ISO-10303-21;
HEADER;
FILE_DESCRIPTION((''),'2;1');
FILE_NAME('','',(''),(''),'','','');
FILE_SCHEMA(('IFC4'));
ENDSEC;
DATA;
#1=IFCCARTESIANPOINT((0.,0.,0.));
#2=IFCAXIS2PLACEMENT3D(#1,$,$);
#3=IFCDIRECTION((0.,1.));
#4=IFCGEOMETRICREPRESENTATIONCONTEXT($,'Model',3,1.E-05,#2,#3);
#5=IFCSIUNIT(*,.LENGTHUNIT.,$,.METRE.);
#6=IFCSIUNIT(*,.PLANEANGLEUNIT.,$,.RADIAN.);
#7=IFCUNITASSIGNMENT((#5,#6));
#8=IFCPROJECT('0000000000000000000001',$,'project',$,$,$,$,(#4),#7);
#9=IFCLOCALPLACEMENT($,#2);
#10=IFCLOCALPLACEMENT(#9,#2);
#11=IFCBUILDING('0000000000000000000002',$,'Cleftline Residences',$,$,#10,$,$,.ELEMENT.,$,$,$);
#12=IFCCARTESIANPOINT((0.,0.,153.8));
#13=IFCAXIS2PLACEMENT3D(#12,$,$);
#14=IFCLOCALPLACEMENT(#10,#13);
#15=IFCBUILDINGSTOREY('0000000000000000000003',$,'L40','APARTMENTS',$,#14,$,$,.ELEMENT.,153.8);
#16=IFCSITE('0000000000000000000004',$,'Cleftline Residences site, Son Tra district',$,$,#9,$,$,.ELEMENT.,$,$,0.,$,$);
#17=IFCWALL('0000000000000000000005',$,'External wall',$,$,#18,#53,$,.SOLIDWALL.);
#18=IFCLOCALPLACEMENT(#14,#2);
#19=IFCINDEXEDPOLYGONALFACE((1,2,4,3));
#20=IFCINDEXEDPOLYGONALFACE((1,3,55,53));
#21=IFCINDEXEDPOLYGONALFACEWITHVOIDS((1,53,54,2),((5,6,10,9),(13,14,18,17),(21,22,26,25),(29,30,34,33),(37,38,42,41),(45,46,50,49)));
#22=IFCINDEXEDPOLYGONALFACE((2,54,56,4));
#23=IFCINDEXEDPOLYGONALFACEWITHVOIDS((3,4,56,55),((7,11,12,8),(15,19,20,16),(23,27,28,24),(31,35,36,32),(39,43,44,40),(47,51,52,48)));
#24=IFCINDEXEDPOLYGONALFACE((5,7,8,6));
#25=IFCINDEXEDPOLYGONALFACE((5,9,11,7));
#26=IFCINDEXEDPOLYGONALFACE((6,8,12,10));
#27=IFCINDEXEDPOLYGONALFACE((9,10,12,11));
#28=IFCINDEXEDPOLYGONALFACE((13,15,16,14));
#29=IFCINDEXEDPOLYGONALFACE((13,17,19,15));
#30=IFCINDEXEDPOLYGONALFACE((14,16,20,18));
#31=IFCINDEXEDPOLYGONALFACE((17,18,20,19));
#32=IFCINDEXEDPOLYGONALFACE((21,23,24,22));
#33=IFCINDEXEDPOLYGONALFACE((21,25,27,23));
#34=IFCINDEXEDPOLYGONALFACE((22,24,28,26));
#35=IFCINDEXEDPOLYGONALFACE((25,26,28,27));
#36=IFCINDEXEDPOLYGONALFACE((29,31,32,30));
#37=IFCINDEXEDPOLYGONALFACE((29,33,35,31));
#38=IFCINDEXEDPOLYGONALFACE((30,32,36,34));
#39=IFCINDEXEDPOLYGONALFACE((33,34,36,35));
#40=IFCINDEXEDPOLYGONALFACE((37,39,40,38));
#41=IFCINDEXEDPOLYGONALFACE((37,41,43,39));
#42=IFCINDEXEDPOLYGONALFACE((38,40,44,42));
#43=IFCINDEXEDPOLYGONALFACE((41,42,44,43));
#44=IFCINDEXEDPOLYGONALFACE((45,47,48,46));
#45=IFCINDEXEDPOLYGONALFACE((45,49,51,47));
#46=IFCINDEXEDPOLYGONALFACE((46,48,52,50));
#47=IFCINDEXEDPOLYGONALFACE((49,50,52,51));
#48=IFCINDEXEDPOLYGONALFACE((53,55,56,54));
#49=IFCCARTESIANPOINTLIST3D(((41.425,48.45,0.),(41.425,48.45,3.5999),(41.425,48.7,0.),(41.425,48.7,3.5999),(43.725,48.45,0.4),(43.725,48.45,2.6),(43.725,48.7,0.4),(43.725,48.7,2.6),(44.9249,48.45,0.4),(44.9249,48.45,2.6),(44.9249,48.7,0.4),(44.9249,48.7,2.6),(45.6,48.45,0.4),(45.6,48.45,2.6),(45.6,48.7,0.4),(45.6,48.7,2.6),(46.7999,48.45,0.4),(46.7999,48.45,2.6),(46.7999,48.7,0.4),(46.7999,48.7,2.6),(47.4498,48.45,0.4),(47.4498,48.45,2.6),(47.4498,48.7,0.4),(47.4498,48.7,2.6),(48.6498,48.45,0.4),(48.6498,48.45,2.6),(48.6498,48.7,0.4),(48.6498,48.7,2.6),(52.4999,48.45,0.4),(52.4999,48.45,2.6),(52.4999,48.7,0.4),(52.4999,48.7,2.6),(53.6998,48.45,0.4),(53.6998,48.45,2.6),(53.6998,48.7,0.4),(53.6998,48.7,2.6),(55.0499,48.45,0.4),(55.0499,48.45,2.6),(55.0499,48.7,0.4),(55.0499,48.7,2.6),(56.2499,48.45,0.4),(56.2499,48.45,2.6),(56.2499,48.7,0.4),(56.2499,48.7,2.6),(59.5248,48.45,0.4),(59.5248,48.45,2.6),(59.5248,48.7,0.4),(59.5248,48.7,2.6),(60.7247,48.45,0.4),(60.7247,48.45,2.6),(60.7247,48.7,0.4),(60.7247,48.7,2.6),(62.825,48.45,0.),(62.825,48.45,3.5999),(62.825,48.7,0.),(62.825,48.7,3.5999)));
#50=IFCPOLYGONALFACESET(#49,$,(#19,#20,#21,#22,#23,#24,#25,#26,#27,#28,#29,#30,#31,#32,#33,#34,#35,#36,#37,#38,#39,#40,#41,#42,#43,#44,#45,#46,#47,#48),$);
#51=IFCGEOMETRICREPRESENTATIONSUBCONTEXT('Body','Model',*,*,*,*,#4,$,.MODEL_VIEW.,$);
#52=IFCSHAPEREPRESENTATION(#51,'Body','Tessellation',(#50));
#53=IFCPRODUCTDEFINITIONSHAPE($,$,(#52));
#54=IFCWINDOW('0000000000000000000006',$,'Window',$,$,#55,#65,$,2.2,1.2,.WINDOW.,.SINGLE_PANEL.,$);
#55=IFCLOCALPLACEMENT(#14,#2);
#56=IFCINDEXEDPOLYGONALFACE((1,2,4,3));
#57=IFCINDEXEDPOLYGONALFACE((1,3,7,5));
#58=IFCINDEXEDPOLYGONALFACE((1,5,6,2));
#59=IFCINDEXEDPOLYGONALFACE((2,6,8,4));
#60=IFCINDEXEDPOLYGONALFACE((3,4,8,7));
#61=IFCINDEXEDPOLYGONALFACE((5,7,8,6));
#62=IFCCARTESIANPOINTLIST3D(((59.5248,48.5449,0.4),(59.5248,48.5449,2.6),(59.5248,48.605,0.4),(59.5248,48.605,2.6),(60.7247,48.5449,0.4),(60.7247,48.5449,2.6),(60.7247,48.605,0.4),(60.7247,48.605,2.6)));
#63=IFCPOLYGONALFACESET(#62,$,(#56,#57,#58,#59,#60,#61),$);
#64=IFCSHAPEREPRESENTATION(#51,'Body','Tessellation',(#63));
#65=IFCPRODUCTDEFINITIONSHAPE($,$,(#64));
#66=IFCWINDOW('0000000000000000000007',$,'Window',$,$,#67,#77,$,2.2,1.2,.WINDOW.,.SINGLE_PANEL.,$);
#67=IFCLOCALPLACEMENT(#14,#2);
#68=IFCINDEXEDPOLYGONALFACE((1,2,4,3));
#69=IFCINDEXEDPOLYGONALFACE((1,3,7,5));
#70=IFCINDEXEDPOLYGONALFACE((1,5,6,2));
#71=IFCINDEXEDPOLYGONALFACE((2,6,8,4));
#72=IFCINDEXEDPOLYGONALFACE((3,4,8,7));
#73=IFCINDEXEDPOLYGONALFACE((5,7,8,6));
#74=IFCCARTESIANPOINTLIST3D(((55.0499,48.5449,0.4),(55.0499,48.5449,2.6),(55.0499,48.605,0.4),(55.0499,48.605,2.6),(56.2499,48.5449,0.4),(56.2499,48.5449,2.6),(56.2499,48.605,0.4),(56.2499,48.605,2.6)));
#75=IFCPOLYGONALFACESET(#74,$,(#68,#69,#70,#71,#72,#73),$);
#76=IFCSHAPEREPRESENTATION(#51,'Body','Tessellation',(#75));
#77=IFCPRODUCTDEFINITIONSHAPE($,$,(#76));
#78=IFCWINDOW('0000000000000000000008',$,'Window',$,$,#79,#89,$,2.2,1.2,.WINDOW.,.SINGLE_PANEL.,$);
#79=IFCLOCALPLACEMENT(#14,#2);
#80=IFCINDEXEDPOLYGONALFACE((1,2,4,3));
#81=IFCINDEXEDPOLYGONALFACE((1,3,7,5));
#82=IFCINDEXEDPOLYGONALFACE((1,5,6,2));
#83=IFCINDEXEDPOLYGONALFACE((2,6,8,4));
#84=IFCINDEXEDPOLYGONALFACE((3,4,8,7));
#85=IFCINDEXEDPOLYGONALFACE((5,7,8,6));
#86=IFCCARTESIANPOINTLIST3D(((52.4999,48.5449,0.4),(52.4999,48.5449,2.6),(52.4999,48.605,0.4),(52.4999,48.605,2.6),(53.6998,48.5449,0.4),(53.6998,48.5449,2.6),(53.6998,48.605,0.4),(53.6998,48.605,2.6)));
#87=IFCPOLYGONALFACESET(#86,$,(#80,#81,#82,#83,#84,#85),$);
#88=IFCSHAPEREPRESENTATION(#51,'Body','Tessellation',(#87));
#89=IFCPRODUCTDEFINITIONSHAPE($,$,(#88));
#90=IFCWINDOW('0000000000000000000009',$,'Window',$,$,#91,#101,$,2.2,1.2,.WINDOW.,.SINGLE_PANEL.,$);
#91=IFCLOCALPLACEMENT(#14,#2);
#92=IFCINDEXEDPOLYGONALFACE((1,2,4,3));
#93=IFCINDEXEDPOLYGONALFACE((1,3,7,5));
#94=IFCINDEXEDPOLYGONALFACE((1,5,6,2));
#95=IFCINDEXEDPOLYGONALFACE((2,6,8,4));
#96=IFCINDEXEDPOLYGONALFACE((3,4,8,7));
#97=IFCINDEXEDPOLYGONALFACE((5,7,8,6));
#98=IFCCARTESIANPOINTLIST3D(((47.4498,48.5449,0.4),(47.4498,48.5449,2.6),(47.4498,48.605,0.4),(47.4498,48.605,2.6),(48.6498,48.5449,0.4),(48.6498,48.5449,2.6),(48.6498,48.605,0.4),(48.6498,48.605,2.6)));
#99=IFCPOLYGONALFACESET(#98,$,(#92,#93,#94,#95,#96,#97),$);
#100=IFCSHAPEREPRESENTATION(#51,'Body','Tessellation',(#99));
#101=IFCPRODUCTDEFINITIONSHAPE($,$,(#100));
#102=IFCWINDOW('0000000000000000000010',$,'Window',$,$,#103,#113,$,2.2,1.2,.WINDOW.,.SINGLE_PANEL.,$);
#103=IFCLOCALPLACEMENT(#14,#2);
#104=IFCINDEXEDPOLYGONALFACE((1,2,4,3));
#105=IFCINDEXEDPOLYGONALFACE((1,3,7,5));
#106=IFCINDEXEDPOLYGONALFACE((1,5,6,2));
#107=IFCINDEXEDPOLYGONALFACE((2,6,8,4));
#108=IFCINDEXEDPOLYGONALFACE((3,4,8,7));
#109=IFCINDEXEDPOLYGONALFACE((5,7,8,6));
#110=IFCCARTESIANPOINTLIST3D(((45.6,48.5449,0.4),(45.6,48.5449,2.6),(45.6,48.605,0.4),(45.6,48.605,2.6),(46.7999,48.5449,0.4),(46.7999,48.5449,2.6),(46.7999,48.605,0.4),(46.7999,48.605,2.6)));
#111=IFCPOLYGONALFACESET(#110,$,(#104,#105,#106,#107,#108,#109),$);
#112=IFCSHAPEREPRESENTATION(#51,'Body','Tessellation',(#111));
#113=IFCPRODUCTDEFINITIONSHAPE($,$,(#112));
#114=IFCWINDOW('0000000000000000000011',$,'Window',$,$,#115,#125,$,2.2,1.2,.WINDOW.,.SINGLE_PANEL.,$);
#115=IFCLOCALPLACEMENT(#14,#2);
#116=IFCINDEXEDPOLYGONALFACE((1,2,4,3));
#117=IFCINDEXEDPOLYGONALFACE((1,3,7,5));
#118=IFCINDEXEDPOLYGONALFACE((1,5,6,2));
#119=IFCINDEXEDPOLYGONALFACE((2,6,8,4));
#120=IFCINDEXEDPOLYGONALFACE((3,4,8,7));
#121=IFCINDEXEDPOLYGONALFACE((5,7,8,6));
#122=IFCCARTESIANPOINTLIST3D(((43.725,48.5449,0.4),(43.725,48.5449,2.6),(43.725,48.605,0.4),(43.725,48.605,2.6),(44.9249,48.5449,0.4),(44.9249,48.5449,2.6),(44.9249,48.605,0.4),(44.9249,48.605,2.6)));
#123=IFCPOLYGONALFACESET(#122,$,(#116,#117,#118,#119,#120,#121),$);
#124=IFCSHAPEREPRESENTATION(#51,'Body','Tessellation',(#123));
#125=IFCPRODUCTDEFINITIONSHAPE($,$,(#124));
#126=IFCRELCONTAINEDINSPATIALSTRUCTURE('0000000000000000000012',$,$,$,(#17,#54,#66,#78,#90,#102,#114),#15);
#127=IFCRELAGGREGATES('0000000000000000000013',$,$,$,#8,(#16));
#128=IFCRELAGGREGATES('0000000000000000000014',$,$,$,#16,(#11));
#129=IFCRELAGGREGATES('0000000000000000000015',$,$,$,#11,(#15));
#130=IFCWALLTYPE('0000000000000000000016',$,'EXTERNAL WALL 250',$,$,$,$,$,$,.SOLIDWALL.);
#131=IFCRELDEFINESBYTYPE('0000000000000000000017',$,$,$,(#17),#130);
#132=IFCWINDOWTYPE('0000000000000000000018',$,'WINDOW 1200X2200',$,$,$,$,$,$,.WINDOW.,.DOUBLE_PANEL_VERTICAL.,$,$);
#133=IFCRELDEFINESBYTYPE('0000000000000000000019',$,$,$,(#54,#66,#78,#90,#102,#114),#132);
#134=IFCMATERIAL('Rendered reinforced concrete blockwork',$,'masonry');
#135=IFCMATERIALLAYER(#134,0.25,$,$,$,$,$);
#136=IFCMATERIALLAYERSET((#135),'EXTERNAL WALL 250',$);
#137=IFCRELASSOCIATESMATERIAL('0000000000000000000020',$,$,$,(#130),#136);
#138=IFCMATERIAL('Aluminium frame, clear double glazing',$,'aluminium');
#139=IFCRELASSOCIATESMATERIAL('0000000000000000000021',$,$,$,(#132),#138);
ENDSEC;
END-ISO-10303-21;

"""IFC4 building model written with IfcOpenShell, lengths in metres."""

from ifc_helpers import new_model, si_unit, direction, frame, frame_2d, origin, place, context, subcontext, project, spatial, rectangle, extrude, material, layer, layer_set, type_object, element, fill, save


model = new_model("IFC4")

# Units and contexts
model_context = context("Model", 3, precision=1e-05, world=origin(), true_north=direction((0.0, 1.0)))
body_context = subcontext(model_context, "Body", "Model", "MODEL_VIEW")
ifc_project = project(units=[si_unit("LENGTHUNIT", "METRE"), si_unit("PLANEANGLEUNIT", "RADIAN")], contexts=[model_context])

# Site, building, storey
site_placement = place(None, origin())
site = spatial("IfcSite", under=ifc_project, at=site_placement, Name="Cleftline Residences site, Son Tra district", CompositionType="ELEMENT", RefElevation=0.0)
building_placement = place(site_placement, origin())
building = spatial("IfcBuilding", under=site, at=building_placement, Name="Cleftline Residences", CompositionType="ELEMENT")
storey_placement = place(building_placement, frame((0.0, 0.0, 153.8)))
storey = spatial("IfcBuildingStorey", under=building, at=storey_placement, Name="L40", Description="APARTMENTS", CompositionType="ELEMENT", Elevation=153.8)

# Shared definitions
ifc_material_1 = material(Name="Rendered reinforced concrete blockwork", Category="masonry")
ifc_layer_1 = layer(ifc_material_1, 0.25)
ifc_layer_set_1 = layer_set([ifc_layer_1], Name="EXTERNAL WALL 250")
wall_type_1 = type_object("IfcWallType", Name="EXTERNAL WALL 250", PredefinedType="SOLIDWALL", material=ifc_layer_set_1)

# Wall, openings, windows
wall_1_placement = place(storey_placement, frame((62.825, 48.575, 0.0), z_axis=(0.0, 0.0, 1.0), x_axis=(-1.0, 0.0, 0.0)))
wall_1 = element("IfcWall", 1, at=wall_1_placement, inside=storey, type_object=wall_type_1, Name="External wall", PredefinedType="SOLIDWALL", context=body_context, shape_type="SweptSolid", body=[
    extrude(rectangle(XDim=21.3999, YDim=0.25, at=frame_2d((10.7, 0.0))), origin(), (0.0, 0.0, 1.0), 3.5999),
])
opening_1_placement = place(wall_1_placement, frame((2.1001, 0.0, 0.3999)))
opening_1 = element("IfcOpeningElement", 2, at=opening_1_placement, cuts=wall_1, PredefinedType="OPENING", context=body_context, shape_type="SweptSolid", body=[
    extrude(rectangle(XDim=1.2, YDim=2.2, at=frame_2d((0.6001, 1.1001))), frame((0.0, 0.135, 0.0), z_axis=(0.0, -1.0, 0.0), x_axis=(1.0, 0.0, 0.0)), (0.0, 0.0, 1.0), 0.27),
])
opening_2_placement = place(wall_1_placement, frame((6.575, 0.0, 0.3999)))
opening_2 = element("IfcOpeningElement", 3, at=opening_2_placement, cuts=wall_1, PredefinedType="OPENING", context=body_context, shape_type="SweptSolid", body=[
    extrude(rectangle(XDim=1.2, YDim=2.2, at=frame_2d((0.6001, 1.1001))), frame((0.0, 0.135, 0.0), z_axis=(0.0, -1.0, 0.0), x_axis=(1.0, 0.0, 0.0)), (0.0, 0.0, 1.0), 0.27),
])
opening_3_placement = place(wall_1_placement, frame((9.125, 0.0, 0.3999)))
opening_3 = element("IfcOpeningElement", 4, at=opening_3_placement, cuts=wall_1, PredefinedType="OPENING", context=body_context, shape_type="SweptSolid", body=[
    extrude(rectangle(XDim=1.2, YDim=2.2, at=frame_2d((0.6001, 1.1001))), frame((0.0, 0.135, 0.0), z_axis=(0.0, -1.0, 0.0), x_axis=(1.0, 0.0, 0.0)), (0.0, 0.0, 1.0), 0.27),
])
opening_4_placement = place(wall_1_placement, frame((14.175, 0.0, 0.3999)))
opening_4 = element("IfcOpeningElement", 5, at=opening_4_placement, cuts=wall_1, PredefinedType="OPENING", context=body_context, shape_type="SweptSolid", body=[
    extrude(rectangle(XDim=1.2, YDim=2.2, at=frame_2d((0.6001, 1.1001))), frame((0.0, 0.135, 0.0), z_axis=(0.0, -1.0, 0.0), x_axis=(1.0, 0.0, 0.0)), (0.0, 0.0, 1.0), 0.27),
])
opening_5_placement = place(wall_1_placement, frame((16.0249, 0.0, 0.3999)))
opening_5 = element("IfcOpeningElement", 6, at=opening_5_placement, cuts=wall_1, PredefinedType="OPENING", context=body_context, shape_type="SweptSolid", body=[
    extrude(rectangle(XDim=1.2, YDim=2.2, at=frame_2d((0.6001, 1.1001))), frame((0.0, 0.135, 0.0), z_axis=(0.0, -1.0, 0.0), x_axis=(1.0, 0.0, 0.0)), (0.0, 0.0, 1.0), 0.27),
])
opening_6_placement = place(wall_1_placement, frame((17.8999, 0.0, 0.3999)))
opening_6 = element("IfcOpeningElement", 7, at=opening_6_placement, cuts=wall_1, PredefinedType="OPENING", context=body_context, shape_type="SweptSolid", body=[
    extrude(rectangle(XDim=1.2, YDim=2.2, at=frame_2d((0.6001, 1.1001))), frame((0.0, 0.135, 0.0), z_axis=(0.0, -1.0, 0.0), x_axis=(1.0, 0.0, 0.0)), (0.0, 0.0, 1.0), 0.27),
])
ifc_material_2 = material(Name="Aluminium frame, clear double glazing", Category="aluminium")
window_type_1 = type_object("IfcWindowType", Name="WINDOW 1200X2200", PartitioningType="DOUBLE_PANEL_VERTICAL", PredefinedType="WINDOW", material=ifc_material_2)
window_1_placement = place(opening_1_placement, origin())
window_1 = element("IfcWindow", 8, at=window_1_placement, inside=storey, type_object=window_type_1, Name="Window", OverallHeight=2.2, OverallWidth=1.2, PartitioningType="SINGLE_PANEL", PredefinedType="WINDOW", context=body_context, shape_type="SweptSolid", body=[
    extrude(rectangle(XDim=1.2, YDim=2.2, at=frame_2d((0.6001, 1.1001))), frame((0.0, 0.03, 0.0), z_axis=(0.0, -1.0, 0.0), x_axis=(1.0, 0.0, 0.0)), (0.0, 0.0, 1.0), 0.0601),
])
fill(opening_1, window_1)
window_2_placement = place(opening_2_placement, origin())
window_2 = element("IfcWindow", 9, at=window_2_placement, inside=storey, type_object=window_type_1, Name="Window", OverallHeight=2.2, OverallWidth=1.2, PartitioningType="SINGLE_PANEL", PredefinedType="WINDOW", context=body_context, shape_type="SweptSolid", body=[
    extrude(rectangle(XDim=1.2, YDim=2.2, at=frame_2d((0.6001, 1.1001))), frame((0.0, 0.03, 0.0), z_axis=(0.0, -1.0, 0.0), x_axis=(1.0, 0.0, 0.0)), (0.0, 0.0, 1.0), 0.0601),
])
fill(opening_2, window_2)
window_3_placement = place(opening_3_placement, origin())
window_3 = element("IfcWindow", 10, at=window_3_placement, inside=storey, type_object=window_type_1, Name="Window", OverallHeight=2.2, OverallWidth=1.2, PartitioningType="SINGLE_PANEL", PredefinedType="WINDOW", context=body_context, shape_type="SweptSolid", body=[
    extrude(rectangle(XDim=1.2, YDim=2.2, at=frame_2d((0.6001, 1.1001))), frame((0.0, 0.03, 0.0), z_axis=(0.0, -1.0, 0.0), x_axis=(1.0, 0.0, 0.0)), (0.0, 0.0, 1.0), 0.0601),
])
fill(opening_3, window_3)
window_4_placement = place(opening_4_placement, origin())
window_4 = element("IfcWindow", 11, at=window_4_placement, inside=storey, type_object=window_type_1, Name="Window", OverallHeight=2.2, OverallWidth=1.2, PartitioningType="SINGLE_PANEL", PredefinedType="WINDOW", context=body_context, shape_type="SweptSolid", body=[
    extrude(rectangle(XDim=1.2, YDim=2.2, at=frame_2d((0.6001, 1.1001))), frame((0.0, 0.03, 0.0), z_axis=(0.0, -1.0, 0.0), x_axis=(1.0, 0.0, 0.0)), (0.0, 0.0, 1.0), 0.0601),
])
fill(opening_4, window_4)
window_5_placement = place(opening_5_placement, origin())
window_5 = element("IfcWindow", 12, at=window_5_placement, inside=storey, type_object=window_type_1, Name="Window", OverallHeight=2.2, OverallWidth=1.2, PartitioningType="SINGLE_PANEL", PredefinedType="WINDOW", context=body_context, shape_type="SweptSolid", body=[
    extrude(rectangle(XDim=1.2, YDim=2.2, at=frame_2d((0.6001, 1.1001))), frame((0.0, 0.03, 0.0), z_axis=(0.0, -1.0, 0.0), x_axis=(1.0, 0.0, 0.0)), (0.0, 0.0, 1.0), 0.0601),
])
fill(opening_5, window_5)
window_6_placement = place(opening_6_placement, origin())
window_6 = element("IfcWindow", 13, at=window_6_placement, inside=storey, type_object=window_type_1, Name="Window", OverallHeight=2.2, OverallWidth=1.2, PartitioningType="SINGLE_PANEL", PredefinedType="WINDOW", context=body_context, shape_type="SweptSolid", body=[
    extrude(rectangle(XDim=1.2, YDim=2.2, at=frame_2d((0.6001, 1.1001))), frame((0.0, 0.03, 0.0), z_axis=(0.0, -1.0, 0.0), x_axis=(1.0, 0.0, 0.0)), (0.0, 0.0, 1.0), 0.0601),
])
fill(opening_6, window_6)

save(model, "model.ifc")
